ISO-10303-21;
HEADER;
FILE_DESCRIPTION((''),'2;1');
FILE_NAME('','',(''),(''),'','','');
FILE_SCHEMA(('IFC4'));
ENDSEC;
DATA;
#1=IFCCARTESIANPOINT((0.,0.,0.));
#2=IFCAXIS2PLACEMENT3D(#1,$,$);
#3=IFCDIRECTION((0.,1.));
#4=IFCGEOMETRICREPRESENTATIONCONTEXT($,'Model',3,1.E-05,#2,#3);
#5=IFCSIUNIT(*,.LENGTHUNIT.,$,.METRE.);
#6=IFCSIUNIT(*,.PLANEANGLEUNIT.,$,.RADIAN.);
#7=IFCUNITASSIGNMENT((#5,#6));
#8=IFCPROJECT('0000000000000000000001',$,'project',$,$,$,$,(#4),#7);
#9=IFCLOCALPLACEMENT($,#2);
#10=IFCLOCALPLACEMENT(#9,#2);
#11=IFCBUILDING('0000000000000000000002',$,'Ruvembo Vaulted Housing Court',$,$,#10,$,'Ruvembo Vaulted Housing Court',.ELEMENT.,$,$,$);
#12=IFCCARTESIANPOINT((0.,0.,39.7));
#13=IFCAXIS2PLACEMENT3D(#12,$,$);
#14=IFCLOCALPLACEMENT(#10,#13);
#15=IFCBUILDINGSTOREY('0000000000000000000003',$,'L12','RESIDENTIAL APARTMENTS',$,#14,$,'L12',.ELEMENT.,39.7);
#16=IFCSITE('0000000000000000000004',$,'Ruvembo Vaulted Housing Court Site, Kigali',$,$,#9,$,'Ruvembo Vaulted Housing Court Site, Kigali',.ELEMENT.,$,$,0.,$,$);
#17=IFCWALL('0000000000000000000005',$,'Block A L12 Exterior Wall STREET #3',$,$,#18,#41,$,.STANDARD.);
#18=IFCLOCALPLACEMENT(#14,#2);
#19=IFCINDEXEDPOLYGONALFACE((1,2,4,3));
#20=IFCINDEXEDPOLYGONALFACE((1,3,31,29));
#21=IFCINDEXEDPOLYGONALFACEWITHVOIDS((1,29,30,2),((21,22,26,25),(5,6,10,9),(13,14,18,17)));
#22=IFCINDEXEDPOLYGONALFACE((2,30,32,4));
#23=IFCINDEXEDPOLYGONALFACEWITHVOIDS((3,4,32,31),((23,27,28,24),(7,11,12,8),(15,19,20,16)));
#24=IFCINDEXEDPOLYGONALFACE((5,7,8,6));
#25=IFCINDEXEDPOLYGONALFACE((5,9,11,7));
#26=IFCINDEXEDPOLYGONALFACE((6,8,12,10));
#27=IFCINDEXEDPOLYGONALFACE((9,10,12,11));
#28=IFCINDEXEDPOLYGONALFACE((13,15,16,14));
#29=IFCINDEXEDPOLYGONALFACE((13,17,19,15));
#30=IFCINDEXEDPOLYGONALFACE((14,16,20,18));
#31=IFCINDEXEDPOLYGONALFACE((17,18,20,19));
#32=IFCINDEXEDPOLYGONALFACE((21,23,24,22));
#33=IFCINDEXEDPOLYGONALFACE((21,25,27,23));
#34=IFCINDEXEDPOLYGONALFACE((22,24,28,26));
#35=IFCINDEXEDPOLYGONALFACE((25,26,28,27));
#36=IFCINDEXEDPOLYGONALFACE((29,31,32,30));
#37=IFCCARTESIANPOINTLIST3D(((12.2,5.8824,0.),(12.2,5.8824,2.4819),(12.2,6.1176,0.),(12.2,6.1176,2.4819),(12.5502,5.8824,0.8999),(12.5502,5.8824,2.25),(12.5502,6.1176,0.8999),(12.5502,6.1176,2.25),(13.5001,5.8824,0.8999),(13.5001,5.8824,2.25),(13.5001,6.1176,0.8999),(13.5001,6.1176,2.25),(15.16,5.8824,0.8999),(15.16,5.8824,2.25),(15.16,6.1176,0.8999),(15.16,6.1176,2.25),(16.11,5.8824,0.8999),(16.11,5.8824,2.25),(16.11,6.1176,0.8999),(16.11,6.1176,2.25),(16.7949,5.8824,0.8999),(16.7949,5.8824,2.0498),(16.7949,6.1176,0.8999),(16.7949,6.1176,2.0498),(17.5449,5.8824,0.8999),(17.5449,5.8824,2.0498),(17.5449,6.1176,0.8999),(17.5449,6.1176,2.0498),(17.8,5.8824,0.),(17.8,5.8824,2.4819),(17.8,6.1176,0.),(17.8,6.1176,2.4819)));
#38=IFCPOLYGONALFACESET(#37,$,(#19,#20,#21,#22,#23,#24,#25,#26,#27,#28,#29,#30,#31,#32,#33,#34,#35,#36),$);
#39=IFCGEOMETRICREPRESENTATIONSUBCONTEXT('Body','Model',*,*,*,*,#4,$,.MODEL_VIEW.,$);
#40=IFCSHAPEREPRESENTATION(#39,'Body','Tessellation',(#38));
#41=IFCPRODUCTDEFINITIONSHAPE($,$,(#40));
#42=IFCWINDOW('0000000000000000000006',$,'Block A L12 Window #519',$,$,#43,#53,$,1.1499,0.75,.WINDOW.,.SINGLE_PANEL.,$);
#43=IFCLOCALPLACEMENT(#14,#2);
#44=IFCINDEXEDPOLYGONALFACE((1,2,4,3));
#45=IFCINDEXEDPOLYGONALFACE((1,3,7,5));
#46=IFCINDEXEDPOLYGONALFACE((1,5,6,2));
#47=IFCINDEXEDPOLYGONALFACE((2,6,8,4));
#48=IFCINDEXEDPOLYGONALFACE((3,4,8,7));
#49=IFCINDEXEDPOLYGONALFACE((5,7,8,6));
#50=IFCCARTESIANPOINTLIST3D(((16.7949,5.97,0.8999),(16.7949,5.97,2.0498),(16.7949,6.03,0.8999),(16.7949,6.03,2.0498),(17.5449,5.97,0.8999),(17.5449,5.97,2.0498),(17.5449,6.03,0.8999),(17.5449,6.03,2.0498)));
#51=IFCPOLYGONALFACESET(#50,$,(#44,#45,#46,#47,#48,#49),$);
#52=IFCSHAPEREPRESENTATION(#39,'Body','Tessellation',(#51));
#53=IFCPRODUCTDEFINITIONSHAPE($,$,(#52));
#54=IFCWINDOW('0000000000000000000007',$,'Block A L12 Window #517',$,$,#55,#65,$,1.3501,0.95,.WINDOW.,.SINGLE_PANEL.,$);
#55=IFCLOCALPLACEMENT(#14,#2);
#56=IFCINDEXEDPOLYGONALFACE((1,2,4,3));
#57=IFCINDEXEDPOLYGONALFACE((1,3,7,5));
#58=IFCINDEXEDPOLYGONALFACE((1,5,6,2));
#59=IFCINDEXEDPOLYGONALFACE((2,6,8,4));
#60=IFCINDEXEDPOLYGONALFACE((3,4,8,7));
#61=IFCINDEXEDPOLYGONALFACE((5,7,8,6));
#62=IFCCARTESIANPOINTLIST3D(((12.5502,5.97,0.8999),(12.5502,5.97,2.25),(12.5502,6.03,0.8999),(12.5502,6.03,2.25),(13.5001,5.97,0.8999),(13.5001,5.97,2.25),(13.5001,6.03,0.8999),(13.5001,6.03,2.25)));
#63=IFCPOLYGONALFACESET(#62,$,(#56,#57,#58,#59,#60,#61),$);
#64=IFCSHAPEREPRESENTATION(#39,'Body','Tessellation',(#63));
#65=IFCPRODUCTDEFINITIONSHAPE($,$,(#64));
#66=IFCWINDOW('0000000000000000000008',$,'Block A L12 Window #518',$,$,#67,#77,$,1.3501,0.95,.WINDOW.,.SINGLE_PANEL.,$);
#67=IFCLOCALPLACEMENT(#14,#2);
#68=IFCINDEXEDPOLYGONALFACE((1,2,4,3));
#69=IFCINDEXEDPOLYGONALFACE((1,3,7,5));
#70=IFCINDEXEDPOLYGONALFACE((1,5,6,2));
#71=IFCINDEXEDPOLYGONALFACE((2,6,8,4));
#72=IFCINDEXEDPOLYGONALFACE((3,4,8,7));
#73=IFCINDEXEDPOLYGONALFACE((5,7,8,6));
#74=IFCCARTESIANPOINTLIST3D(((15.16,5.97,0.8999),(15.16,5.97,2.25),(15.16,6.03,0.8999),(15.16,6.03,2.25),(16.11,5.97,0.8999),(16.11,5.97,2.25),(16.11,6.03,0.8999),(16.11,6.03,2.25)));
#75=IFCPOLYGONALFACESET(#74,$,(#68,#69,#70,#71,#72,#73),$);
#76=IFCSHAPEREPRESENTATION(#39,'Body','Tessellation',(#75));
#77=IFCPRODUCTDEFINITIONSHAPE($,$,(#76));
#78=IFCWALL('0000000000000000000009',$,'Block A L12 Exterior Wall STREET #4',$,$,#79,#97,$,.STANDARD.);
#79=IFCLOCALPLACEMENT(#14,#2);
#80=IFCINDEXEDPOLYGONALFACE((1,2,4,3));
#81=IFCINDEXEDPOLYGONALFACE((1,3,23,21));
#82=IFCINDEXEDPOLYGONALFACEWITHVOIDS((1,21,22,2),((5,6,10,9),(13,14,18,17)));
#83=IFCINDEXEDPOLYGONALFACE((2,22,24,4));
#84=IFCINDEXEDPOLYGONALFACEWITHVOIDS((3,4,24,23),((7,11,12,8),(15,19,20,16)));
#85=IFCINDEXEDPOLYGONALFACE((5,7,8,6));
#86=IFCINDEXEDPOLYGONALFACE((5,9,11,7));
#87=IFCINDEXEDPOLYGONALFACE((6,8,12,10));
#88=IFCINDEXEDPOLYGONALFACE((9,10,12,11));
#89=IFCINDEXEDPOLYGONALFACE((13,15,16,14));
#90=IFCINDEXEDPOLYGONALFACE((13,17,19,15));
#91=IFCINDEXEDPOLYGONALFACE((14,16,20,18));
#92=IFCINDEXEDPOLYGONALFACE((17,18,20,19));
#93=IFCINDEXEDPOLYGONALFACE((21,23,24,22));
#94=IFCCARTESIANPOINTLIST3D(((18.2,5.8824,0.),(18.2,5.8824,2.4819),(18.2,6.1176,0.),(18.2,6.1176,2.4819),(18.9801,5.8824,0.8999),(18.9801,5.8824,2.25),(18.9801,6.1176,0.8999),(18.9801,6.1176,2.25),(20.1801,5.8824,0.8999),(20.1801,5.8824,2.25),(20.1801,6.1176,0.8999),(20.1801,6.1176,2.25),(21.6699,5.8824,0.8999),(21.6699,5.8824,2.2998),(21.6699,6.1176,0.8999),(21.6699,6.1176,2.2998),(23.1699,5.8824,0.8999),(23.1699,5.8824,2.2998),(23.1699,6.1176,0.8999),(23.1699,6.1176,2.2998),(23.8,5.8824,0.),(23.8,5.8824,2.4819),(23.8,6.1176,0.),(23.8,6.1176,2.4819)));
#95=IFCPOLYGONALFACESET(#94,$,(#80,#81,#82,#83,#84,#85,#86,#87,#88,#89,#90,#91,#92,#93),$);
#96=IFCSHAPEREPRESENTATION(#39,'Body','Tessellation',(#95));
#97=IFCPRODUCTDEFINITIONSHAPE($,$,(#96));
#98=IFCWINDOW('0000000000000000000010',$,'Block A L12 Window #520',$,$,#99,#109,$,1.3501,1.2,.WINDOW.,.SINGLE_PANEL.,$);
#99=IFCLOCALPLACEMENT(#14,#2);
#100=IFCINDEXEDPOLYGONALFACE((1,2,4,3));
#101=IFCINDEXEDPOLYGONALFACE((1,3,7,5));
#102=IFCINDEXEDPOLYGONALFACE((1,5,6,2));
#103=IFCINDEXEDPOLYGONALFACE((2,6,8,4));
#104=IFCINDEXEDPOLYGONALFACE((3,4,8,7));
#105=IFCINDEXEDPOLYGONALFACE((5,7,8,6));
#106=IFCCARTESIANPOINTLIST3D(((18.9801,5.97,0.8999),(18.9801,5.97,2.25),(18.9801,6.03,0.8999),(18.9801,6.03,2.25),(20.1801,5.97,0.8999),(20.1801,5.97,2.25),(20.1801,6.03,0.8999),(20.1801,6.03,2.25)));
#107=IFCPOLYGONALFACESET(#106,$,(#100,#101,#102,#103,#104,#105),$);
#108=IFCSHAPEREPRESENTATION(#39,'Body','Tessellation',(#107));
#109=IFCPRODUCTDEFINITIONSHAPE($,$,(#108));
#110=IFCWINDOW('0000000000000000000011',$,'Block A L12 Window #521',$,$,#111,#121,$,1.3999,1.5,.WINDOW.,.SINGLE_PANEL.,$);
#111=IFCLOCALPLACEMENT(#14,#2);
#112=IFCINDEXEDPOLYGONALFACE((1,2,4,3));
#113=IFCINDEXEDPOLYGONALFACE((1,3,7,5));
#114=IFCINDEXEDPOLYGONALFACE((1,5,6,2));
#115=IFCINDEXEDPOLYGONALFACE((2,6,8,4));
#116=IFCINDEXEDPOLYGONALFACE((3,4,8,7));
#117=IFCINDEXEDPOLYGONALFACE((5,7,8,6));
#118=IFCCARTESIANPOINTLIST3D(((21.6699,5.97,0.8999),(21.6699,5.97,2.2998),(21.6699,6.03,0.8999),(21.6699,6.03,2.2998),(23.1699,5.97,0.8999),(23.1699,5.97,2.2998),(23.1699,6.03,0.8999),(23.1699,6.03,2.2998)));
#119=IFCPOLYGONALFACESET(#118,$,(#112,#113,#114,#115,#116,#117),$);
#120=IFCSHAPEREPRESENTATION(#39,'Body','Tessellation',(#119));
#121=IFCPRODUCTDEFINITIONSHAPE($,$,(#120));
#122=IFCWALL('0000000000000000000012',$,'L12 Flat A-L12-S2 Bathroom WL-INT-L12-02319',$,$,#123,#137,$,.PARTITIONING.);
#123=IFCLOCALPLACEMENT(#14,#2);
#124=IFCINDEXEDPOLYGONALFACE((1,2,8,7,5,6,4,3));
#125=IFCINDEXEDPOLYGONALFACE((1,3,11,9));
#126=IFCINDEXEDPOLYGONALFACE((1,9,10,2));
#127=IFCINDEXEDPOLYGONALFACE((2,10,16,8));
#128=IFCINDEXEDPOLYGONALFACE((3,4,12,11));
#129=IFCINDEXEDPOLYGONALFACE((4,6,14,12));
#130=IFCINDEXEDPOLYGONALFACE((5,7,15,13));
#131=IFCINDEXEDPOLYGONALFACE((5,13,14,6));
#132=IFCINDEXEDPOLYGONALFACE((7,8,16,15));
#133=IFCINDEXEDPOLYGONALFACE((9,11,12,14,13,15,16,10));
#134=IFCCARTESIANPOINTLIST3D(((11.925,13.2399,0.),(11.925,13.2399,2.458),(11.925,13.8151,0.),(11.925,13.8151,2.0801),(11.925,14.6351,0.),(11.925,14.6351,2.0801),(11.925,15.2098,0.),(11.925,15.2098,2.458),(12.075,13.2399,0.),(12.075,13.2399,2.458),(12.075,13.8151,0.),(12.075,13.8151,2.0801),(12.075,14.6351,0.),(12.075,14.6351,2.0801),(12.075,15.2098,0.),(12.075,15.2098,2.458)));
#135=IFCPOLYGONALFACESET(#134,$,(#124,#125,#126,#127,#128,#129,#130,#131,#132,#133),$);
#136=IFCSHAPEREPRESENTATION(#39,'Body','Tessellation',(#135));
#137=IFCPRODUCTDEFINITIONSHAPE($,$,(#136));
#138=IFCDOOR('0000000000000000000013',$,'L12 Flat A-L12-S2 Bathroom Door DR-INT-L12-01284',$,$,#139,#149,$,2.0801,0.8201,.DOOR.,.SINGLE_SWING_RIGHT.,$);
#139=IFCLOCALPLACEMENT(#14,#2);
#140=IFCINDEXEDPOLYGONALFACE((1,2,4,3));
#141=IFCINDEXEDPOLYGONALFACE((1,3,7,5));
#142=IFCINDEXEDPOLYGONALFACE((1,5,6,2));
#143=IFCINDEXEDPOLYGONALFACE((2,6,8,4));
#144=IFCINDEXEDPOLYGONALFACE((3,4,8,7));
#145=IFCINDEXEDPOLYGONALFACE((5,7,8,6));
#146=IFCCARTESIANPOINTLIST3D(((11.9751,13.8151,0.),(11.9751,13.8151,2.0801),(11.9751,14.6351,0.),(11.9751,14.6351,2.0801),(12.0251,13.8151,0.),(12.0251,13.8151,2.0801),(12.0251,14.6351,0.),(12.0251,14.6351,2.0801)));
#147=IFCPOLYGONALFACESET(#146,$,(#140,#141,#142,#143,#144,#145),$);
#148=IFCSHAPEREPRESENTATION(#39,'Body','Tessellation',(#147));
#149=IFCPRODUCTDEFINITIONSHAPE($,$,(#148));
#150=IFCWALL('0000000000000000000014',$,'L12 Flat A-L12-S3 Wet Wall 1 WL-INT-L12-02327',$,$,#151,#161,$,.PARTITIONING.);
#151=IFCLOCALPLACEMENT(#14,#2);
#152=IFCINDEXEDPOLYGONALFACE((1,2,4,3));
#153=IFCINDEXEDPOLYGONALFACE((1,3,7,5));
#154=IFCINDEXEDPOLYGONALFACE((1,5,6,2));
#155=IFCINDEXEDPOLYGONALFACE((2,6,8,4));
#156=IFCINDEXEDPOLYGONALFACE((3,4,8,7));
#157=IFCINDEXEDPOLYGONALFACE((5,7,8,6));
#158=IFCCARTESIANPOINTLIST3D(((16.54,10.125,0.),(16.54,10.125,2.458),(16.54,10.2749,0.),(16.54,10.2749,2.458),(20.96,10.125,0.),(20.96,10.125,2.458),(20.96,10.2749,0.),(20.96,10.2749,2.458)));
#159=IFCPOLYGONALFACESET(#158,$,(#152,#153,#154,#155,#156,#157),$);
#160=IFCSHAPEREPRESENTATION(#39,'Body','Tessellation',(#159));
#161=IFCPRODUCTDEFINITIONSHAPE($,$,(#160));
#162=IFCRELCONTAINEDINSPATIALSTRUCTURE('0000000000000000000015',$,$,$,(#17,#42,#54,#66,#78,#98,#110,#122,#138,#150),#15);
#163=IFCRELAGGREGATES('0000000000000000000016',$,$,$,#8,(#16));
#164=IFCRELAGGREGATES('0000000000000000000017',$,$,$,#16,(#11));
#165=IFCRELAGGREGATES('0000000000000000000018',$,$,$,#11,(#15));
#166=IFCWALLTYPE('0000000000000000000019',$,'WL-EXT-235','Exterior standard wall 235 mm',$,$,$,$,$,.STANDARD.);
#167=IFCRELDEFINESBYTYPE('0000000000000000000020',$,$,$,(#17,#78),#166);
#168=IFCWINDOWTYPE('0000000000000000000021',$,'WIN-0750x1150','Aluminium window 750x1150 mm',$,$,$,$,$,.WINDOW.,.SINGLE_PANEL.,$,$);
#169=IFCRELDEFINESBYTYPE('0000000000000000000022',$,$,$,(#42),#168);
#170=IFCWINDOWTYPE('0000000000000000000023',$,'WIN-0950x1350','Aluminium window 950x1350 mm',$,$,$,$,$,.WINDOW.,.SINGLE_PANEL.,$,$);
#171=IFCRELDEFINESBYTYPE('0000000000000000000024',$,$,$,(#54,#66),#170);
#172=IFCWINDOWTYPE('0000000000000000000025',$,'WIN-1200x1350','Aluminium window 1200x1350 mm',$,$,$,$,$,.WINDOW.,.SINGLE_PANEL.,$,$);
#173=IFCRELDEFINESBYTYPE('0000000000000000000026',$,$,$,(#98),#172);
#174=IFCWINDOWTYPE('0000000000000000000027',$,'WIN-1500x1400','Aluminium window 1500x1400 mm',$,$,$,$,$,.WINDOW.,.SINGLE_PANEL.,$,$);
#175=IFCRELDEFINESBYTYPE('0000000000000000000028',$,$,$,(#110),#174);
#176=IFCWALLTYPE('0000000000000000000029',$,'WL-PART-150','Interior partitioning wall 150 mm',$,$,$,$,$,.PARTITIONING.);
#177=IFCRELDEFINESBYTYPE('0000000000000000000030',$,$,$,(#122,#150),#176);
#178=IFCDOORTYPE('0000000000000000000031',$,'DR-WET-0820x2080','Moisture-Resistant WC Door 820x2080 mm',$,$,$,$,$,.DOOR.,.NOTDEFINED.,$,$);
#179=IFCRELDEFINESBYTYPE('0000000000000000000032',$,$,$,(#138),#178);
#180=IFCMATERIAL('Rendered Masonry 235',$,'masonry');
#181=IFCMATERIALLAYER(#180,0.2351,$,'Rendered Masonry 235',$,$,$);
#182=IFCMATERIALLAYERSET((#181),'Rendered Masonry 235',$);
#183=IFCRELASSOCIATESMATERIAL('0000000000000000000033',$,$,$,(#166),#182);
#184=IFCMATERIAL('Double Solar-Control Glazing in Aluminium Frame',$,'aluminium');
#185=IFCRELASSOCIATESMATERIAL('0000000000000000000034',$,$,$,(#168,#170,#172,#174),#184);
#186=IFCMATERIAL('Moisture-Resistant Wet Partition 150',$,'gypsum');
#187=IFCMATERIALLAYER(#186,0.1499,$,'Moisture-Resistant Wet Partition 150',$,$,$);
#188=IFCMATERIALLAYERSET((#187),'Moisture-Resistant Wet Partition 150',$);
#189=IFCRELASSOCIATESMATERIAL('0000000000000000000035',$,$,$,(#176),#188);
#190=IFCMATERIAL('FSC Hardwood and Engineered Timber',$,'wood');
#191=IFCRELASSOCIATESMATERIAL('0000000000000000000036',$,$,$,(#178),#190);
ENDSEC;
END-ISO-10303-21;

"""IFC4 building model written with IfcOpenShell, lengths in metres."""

from ifc_helpers import new_model, si_unit, direction, frame, frame_2d, origin, place, context, subcontext, project, spatial, rectangle, extrude, material, layer, layer_set, type_object, element, fill, save


model = new_model("IFC4")

# Units and contexts
model_context = context("Model", 3, precision=1e-05, world=origin(), true_north=direction((0.0, 1.0)))
body_context = subcontext(model_context, "Body", "Model", "MODEL_VIEW")
ifc_project = project(units=[si_unit("LENGTHUNIT", "METRE"), si_unit("PLANEANGLEUNIT", "RADIAN")], contexts=[model_context])

# Site, building, storey
site_placement = place(None, origin())
site = spatial("IfcSite", under=ifc_project, at=site_placement, Name="Ruvembo Vaulted Housing Court Site, Kigali", LongName="Ruvembo Vaulted Housing Court Site, Kigali", CompositionType="ELEMENT", RefElevation=0.0)
building_placement = place(site_placement, origin())
building = spatial("IfcBuilding", under=site, at=building_placement, Name="Ruvembo Vaulted Housing Court", LongName="Ruvembo Vaulted Housing Court", CompositionType="ELEMENT")
storey_placement = place(building_placement, frame((0.0, 0.0, 39.7)))
storey = spatial("IfcBuildingStorey", under=building, at=storey_placement, Name="L12", Description="RESIDENTIAL APARTMENTS", LongName="L12", CompositionType="ELEMENT", Elevation=39.7)

# Shared definitions
ifc_material_1 = material(Name="FSC Hardwood and Engineered Timber", Category="wood")

# Walls, openings, windows
ifc_material_2 = material(Name="Rendered Masonry 235", Category="masonry")
ifc_layer_1 = layer(ifc_material_2, 0.2351, Name="Rendered Masonry 235")
ifc_layer_set_1 = layer_set([ifc_layer_1], Name="Rendered Masonry 235")
wall_type_1 = type_object("IfcWallType", Name="WL-EXT-235", Description="Exterior standard wall 235 mm", PredefinedType="STANDARD", material=ifc_layer_set_1)
wall_1_placement = place(storey_placement, frame((12.2, 6.0, 0.0), z_axis=(0.0, 0.0, 1.0), x_axis=(1.0, 0.0, 0.0)))
wall_1 = element("IfcWall", 1, at=wall_1_placement, inside=storey, type_object=wall_type_1, Name="Block A L12 Exterior Wall STREET #3", PredefinedType="STANDARD", context=body_context, shape_type="SweptSolid", body=[
    extrude(rectangle(XDim=5.6001, YDim=0.2351, at=frame_2d((2.8, 0.0))), origin(), (0.0, 0.0, 1.0), 2.4819),
])
opening_1_placement = place(wall_1_placement, frame((0.3501, 0.0, 0.8999)))
opening_1 = element("IfcOpeningElement", 2, at=opening_1_placement, cuts=wall_1, PredefinedType="OPENING", context=body_context, shape_type="SweptSolid", body=[
    extrude(rectangle(XDim=0.95, YDim=1.3501, at=frame_2d((0.4751, 0.675))), frame((0.0, 0.1274, 0.0), z_axis=(0.0, -1.0, 0.0), x_axis=(1.0, 0.0, 0.0)), (0.0, 0.0, 1.0), 0.2551),
])
opening_2_placement = place(wall_1_placement, frame((2.96, 0.0, 0.8999)))
opening_2 = element("IfcOpeningElement", 3, at=opening_2_placement, cuts=wall_1, PredefinedType="OPENING", context=body_context, shape_type="SweptSolid", body=[
    extrude(rectangle(XDim=0.95, YDim=1.3501, at=frame_2d((0.4751, 0.675))), frame((0.0, 0.1274, 0.0), z_axis=(0.0, -1.0, 0.0), x_axis=(1.0, 0.0, 0.0)), (0.0, 0.0, 1.0), 0.2551),
])
opening_3_placement = place(wall_1_placement, frame((4.595, 0.0, 0.8999)))
opening_3 = element("IfcOpeningElement", 4, at=opening_3_placement, cuts=wall_1, PredefinedType="OPENING", context=body_context, shape_type="SweptSolid", body=[
    extrude(rectangle(XDim=0.75, YDim=1.1499, at=frame_2d((0.375, 0.575))), frame((0.0, 0.1274, 0.0), z_axis=(0.0, -1.0, 0.0), x_axis=(1.0, 0.0, 0.0)), (0.0, 0.0, 1.0), 0.2551),
])
ifc_material_3 = material(Name="Double Solar-Control Glazing in Aluminium Frame", Category="aluminium")
window_type_1 = type_object("IfcWindowType", Name="WIN-0750x1150", Description="Aluminium window 750x1150 mm", PartitioningType="SINGLE_PANEL", PredefinedType="WINDOW", material=ifc_material_3)
window_1_placement = place(opening_3_placement, origin())
window_1 = element("IfcWindow", 5, at=window_1_placement, inside=storey, type_object=window_type_1, Name="Block A L12 Window #519", OverallHeight=1.1499, OverallWidth=0.75, PartitioningType="SINGLE_PANEL", PredefinedType="WINDOW", context=body_context, shape_type="SweptSolid", body=[
    extrude(rectangle(XDim=0.75, YDim=1.1499, at=frame_2d((0.375, 0.575))), frame((0.0, 0.03, 0.0), z_axis=(0.0, -1.0, 0.0), x_axis=(1.0, 0.0, 0.0)), (0.0, 0.0, 1.0), 0.0601),
])
fill(opening_3, window_1)
window_type_2 = type_object("IfcWindowType", Name="WIN-0950x1350", Description="Aluminium window 950x1350 mm", PartitioningType="SINGLE_PANEL", PredefinedType="WINDOW", material=ifc_material_3)
window_2_placement = place(opening_1_placement, origin())
window_2 = element("IfcWindow", 6, at=window_2_placement, inside=storey, type_object=window_type_2, Name="Block A L12 Window #517", OverallHeight=1.3501, OverallWidth=0.95, PartitioningType="SINGLE_PANEL", PredefinedType="WINDOW", context=body_context, shape_type="SweptSolid", body=[
    extrude(rectangle(XDim=0.95, YDim=1.3501, at=frame_2d((0.4751, 0.675))), frame((0.0, 0.03, 0.0), z_axis=(0.0, -1.0, 0.0), x_axis=(1.0, 0.0, 0.0)), (0.0, 0.0, 1.0), 0.0601),
])
fill(opening_1, window_2)
window_3_placement = place(opening_2_placement, origin())
window_3 = element("IfcWindow", 7, at=window_3_placement, inside=storey, type_object=window_type_2, Name="Block A L12 Window #518", OverallHeight=1.3501, OverallWidth=0.95, PartitioningType="SINGLE_PANEL", PredefinedType="WINDOW", context=body_context, shape_type="SweptSolid", body=[
    extrude(rectangle(XDim=0.95, YDim=1.3501, at=frame_2d((0.4751, 0.675))), frame((0.0, 0.03, 0.0), z_axis=(0.0, -1.0, 0.0), x_axis=(1.0, 0.0, 0.0)), (0.0, 0.0, 1.0), 0.0601),
])
fill(opening_2, window_3)
wall_2_placement = place(storey_placement, frame((18.2, 6.0, 0.0), z_axis=(0.0, 0.0, 1.0), x_axis=(1.0, 0.0, 0.0)))
wall_2 = element("IfcWall", 8, at=wall_2_placement, inside=storey, type_object=wall_type_1, Name="Block A L12 Exterior Wall STREET #4", PredefinedType="STANDARD", context=body_context, shape_type="SweptSolid", body=[
    extrude(rectangle(XDim=5.6001, YDim=0.2351, at=frame_2d((2.8, 0.0))), origin(), (0.0, 0.0, 1.0), 2.4819),
])
opening_4_placement = place(wall_2_placement, frame((0.78, 0.0, 0.8999)))
opening_4 = element("IfcOpeningElement", 9, at=opening_4_placement, cuts=wall_2, PredefinedType="OPENING", context=body_context, shape_type="SweptSolid", body=[
    extrude(rectangle(XDim=1.2, YDim=1.3501, at=frame_2d((0.6001, 0.675))), frame((0.0, 0.1274, 0.0), z_axis=(0.0, -1.0, 0.0), x_axis=(1.0, 0.0, 0.0)), (0.0, 0.0, 1.0), 0.2551),
])
opening_5_placement = place(wall_2_placement, frame((3.47, 0.0, 0.8999)))
opening_5 = element("IfcOpeningElement", 10, at=opening_5_placement, cuts=wall_2, PredefinedType="OPENING", context=body_context, shape_type="SweptSolid", body=[
    extrude(rectangle(XDim=1.5, YDim=1.3999, at=frame_2d((0.75, 0.7))), frame((0.0, 0.1274, 0.0), z_axis=(0.0, -1.0, 0.0), x_axis=(1.0, 0.0, 0.0)), (0.0, 0.0, 1.0), 0.2551),
])
window_type_3 = type_object("IfcWindowType", Name="WIN-1200x1350", Description="Aluminium window 1200x1350 mm", PartitioningType="SINGLE_PANEL", PredefinedType="WINDOW", material=ifc_material_3)
window_4_placement = place(opening_4_placement, origin())
window_4 = element("IfcWindow", 11, at=window_4_placement, inside=storey, type_object=window_type_3, Name="Block A L12 Window #520", OverallHeight=1.3501, OverallWidth=1.2, PartitioningType="SINGLE_PANEL", PredefinedType="WINDOW", context=body_context, shape_type="SweptSolid", body=[
    extrude(rectangle(XDim=1.2, YDim=1.3501, at=frame_2d((0.6001, 0.675))), frame((0.0, 0.03, 0.0), z_axis=(0.0, -1.0, 0.0), x_axis=(1.0, 0.0, 0.0)), (0.0, 0.0, 1.0), 0.0601),
])
fill(opening_4, window_4)
window_type_4 = type_object("IfcWindowType", Name="WIN-1500x1400", Description="Aluminium window 1500x1400 mm", PartitioningType="SINGLE_PANEL", PredefinedType="WINDOW", material=ifc_material_3)
window_5_placement = place(opening_5_placement, origin())
window_5 = element("IfcWindow", 12, at=window_5_placement, inside=storey, type_object=window_type_4, Name="Block A L12 Window #521", OverallHeight=1.3999, OverallWidth=1.5, PartitioningType="SINGLE_PANEL", PredefinedType="WINDOW", context=body_context, shape_type="SweptSolid", body=[
    extrude(rectangle(XDim=1.5, YDim=1.3999, at=frame_2d((0.75, 0.7))), frame((0.0, 0.03, 0.0), z_axis=(0.0, -1.0, 0.0), x_axis=(1.0, 0.0, 0.0)), (0.0, 0.0, 1.0), 0.0601),
])
fill(opening_5, window_5)

# Wall, opening, door
ifc_material_4 = material(Name="Moisture-Resistant Wet Partition 150", Category="gypsum")
ifc_layer_2 = layer(ifc_material_4, 0.1499, Name="Moisture-Resistant Wet Partition 150")
ifc_layer_set_2 = layer_set([ifc_layer_2], Name="Moisture-Resistant Wet Partition 150")
wall_type_2 = type_object("IfcWallType", Name="WL-PART-150", Description="Interior partitioning wall 150 mm", PredefinedType="PARTITIONING", material=ifc_layer_set_2)
wall_3_placement = place(storey_placement, frame((12.0, 13.24, 0.0), z_axis=(0.0, 0.0, 1.0), x_axis=(0.0, 1.0, 0.0)))
wall_3 = element("IfcWall", 13, at=wall_3_placement, inside=storey, type_object=wall_type_2, Name="L12 Flat A-L12-S2 Bathroom WL-INT-L12-02319", PredefinedType="PARTITIONING", context=body_context, shape_type="SweptSolid", body=[
    extrude(rectangle(XDim=1.97, YDim=0.1499, at=frame_2d((0.9849, 0.0))), origin(), (0.0, 0.0, 1.0), 2.458),
])
opening_6_placement = place(wall_3_placement, frame((0.575, 0.0, 0.0)))
opening_6 = element("IfcOpeningElement", 14, at=opening_6_placement, cuts=wall_3, PredefinedType="OPENING", context=body_context, shape_type="SweptSolid", body=[
    extrude(rectangle(XDim=0.8201, YDim=2.0801, at=frame_2d((0.4102, 1.04))), frame((0.0, 0.085, 0.0), z_axis=(0.0, -1.0, 0.0), x_axis=(1.0, 0.0, 0.0)), (0.0, 0.0, 1.0), 0.1699),
])
door_type_1 = type_object("IfcDoorType", Name="DR-WET-0820x2080", Description="Moisture-Resistant WC Door 820x2080 mm", OperationType="NOTDEFINED", PredefinedType="DOOR", material=ifc_material_1)
door_1_placement = place(opening_6_placement, origin())
door_1 = element("IfcDoor", 15, at=door_1_placement, inside=storey, type_object=door_type_1, Name="L12 Flat A-L12-S2 Bathroom Door DR-INT-L12-01284", OperationType="SINGLE_SWING_RIGHT", OverallHeight=2.0801, OverallWidth=0.8201, PredefinedType="DOOR", context=body_context, shape_type="SweptSolid", body=[
    extrude(rectangle(XDim=0.8201, YDim=2.0801, at=frame_2d((0.4102, 1.04))), frame((0.0, 0.0249, 0.0), z_axis=(0.0, -1.0, 0.0), x_axis=(1.0, 0.0, 0.0)), (0.0, 0.0, 1.0), 0.05),
])
fill(opening_6, door_1)

# Wall
wall_4_placement = place(storey_placement, frame((16.54, 10.2, 0.0), z_axis=(0.0, 0.0, 1.0), x_axis=(1.0, 0.0, 0.0)))
element("IfcWall", 16, at=wall_4_placement, inside=storey, type_object=wall_type_2, Name="L12 Flat A-L12-S3 Wet Wall 1 WL-INT-L12-02327", PredefinedType="PARTITIONING", context=body_context, shape_type="SweptSolid", body=[
    extrude(rectangle(XDim=4.4199, YDim=0.1499, at=frame_2d((2.21, 0.0))), origin(), (0.0, 0.0, 1.0), 2.458),
])

save(model, "model.ifc")
